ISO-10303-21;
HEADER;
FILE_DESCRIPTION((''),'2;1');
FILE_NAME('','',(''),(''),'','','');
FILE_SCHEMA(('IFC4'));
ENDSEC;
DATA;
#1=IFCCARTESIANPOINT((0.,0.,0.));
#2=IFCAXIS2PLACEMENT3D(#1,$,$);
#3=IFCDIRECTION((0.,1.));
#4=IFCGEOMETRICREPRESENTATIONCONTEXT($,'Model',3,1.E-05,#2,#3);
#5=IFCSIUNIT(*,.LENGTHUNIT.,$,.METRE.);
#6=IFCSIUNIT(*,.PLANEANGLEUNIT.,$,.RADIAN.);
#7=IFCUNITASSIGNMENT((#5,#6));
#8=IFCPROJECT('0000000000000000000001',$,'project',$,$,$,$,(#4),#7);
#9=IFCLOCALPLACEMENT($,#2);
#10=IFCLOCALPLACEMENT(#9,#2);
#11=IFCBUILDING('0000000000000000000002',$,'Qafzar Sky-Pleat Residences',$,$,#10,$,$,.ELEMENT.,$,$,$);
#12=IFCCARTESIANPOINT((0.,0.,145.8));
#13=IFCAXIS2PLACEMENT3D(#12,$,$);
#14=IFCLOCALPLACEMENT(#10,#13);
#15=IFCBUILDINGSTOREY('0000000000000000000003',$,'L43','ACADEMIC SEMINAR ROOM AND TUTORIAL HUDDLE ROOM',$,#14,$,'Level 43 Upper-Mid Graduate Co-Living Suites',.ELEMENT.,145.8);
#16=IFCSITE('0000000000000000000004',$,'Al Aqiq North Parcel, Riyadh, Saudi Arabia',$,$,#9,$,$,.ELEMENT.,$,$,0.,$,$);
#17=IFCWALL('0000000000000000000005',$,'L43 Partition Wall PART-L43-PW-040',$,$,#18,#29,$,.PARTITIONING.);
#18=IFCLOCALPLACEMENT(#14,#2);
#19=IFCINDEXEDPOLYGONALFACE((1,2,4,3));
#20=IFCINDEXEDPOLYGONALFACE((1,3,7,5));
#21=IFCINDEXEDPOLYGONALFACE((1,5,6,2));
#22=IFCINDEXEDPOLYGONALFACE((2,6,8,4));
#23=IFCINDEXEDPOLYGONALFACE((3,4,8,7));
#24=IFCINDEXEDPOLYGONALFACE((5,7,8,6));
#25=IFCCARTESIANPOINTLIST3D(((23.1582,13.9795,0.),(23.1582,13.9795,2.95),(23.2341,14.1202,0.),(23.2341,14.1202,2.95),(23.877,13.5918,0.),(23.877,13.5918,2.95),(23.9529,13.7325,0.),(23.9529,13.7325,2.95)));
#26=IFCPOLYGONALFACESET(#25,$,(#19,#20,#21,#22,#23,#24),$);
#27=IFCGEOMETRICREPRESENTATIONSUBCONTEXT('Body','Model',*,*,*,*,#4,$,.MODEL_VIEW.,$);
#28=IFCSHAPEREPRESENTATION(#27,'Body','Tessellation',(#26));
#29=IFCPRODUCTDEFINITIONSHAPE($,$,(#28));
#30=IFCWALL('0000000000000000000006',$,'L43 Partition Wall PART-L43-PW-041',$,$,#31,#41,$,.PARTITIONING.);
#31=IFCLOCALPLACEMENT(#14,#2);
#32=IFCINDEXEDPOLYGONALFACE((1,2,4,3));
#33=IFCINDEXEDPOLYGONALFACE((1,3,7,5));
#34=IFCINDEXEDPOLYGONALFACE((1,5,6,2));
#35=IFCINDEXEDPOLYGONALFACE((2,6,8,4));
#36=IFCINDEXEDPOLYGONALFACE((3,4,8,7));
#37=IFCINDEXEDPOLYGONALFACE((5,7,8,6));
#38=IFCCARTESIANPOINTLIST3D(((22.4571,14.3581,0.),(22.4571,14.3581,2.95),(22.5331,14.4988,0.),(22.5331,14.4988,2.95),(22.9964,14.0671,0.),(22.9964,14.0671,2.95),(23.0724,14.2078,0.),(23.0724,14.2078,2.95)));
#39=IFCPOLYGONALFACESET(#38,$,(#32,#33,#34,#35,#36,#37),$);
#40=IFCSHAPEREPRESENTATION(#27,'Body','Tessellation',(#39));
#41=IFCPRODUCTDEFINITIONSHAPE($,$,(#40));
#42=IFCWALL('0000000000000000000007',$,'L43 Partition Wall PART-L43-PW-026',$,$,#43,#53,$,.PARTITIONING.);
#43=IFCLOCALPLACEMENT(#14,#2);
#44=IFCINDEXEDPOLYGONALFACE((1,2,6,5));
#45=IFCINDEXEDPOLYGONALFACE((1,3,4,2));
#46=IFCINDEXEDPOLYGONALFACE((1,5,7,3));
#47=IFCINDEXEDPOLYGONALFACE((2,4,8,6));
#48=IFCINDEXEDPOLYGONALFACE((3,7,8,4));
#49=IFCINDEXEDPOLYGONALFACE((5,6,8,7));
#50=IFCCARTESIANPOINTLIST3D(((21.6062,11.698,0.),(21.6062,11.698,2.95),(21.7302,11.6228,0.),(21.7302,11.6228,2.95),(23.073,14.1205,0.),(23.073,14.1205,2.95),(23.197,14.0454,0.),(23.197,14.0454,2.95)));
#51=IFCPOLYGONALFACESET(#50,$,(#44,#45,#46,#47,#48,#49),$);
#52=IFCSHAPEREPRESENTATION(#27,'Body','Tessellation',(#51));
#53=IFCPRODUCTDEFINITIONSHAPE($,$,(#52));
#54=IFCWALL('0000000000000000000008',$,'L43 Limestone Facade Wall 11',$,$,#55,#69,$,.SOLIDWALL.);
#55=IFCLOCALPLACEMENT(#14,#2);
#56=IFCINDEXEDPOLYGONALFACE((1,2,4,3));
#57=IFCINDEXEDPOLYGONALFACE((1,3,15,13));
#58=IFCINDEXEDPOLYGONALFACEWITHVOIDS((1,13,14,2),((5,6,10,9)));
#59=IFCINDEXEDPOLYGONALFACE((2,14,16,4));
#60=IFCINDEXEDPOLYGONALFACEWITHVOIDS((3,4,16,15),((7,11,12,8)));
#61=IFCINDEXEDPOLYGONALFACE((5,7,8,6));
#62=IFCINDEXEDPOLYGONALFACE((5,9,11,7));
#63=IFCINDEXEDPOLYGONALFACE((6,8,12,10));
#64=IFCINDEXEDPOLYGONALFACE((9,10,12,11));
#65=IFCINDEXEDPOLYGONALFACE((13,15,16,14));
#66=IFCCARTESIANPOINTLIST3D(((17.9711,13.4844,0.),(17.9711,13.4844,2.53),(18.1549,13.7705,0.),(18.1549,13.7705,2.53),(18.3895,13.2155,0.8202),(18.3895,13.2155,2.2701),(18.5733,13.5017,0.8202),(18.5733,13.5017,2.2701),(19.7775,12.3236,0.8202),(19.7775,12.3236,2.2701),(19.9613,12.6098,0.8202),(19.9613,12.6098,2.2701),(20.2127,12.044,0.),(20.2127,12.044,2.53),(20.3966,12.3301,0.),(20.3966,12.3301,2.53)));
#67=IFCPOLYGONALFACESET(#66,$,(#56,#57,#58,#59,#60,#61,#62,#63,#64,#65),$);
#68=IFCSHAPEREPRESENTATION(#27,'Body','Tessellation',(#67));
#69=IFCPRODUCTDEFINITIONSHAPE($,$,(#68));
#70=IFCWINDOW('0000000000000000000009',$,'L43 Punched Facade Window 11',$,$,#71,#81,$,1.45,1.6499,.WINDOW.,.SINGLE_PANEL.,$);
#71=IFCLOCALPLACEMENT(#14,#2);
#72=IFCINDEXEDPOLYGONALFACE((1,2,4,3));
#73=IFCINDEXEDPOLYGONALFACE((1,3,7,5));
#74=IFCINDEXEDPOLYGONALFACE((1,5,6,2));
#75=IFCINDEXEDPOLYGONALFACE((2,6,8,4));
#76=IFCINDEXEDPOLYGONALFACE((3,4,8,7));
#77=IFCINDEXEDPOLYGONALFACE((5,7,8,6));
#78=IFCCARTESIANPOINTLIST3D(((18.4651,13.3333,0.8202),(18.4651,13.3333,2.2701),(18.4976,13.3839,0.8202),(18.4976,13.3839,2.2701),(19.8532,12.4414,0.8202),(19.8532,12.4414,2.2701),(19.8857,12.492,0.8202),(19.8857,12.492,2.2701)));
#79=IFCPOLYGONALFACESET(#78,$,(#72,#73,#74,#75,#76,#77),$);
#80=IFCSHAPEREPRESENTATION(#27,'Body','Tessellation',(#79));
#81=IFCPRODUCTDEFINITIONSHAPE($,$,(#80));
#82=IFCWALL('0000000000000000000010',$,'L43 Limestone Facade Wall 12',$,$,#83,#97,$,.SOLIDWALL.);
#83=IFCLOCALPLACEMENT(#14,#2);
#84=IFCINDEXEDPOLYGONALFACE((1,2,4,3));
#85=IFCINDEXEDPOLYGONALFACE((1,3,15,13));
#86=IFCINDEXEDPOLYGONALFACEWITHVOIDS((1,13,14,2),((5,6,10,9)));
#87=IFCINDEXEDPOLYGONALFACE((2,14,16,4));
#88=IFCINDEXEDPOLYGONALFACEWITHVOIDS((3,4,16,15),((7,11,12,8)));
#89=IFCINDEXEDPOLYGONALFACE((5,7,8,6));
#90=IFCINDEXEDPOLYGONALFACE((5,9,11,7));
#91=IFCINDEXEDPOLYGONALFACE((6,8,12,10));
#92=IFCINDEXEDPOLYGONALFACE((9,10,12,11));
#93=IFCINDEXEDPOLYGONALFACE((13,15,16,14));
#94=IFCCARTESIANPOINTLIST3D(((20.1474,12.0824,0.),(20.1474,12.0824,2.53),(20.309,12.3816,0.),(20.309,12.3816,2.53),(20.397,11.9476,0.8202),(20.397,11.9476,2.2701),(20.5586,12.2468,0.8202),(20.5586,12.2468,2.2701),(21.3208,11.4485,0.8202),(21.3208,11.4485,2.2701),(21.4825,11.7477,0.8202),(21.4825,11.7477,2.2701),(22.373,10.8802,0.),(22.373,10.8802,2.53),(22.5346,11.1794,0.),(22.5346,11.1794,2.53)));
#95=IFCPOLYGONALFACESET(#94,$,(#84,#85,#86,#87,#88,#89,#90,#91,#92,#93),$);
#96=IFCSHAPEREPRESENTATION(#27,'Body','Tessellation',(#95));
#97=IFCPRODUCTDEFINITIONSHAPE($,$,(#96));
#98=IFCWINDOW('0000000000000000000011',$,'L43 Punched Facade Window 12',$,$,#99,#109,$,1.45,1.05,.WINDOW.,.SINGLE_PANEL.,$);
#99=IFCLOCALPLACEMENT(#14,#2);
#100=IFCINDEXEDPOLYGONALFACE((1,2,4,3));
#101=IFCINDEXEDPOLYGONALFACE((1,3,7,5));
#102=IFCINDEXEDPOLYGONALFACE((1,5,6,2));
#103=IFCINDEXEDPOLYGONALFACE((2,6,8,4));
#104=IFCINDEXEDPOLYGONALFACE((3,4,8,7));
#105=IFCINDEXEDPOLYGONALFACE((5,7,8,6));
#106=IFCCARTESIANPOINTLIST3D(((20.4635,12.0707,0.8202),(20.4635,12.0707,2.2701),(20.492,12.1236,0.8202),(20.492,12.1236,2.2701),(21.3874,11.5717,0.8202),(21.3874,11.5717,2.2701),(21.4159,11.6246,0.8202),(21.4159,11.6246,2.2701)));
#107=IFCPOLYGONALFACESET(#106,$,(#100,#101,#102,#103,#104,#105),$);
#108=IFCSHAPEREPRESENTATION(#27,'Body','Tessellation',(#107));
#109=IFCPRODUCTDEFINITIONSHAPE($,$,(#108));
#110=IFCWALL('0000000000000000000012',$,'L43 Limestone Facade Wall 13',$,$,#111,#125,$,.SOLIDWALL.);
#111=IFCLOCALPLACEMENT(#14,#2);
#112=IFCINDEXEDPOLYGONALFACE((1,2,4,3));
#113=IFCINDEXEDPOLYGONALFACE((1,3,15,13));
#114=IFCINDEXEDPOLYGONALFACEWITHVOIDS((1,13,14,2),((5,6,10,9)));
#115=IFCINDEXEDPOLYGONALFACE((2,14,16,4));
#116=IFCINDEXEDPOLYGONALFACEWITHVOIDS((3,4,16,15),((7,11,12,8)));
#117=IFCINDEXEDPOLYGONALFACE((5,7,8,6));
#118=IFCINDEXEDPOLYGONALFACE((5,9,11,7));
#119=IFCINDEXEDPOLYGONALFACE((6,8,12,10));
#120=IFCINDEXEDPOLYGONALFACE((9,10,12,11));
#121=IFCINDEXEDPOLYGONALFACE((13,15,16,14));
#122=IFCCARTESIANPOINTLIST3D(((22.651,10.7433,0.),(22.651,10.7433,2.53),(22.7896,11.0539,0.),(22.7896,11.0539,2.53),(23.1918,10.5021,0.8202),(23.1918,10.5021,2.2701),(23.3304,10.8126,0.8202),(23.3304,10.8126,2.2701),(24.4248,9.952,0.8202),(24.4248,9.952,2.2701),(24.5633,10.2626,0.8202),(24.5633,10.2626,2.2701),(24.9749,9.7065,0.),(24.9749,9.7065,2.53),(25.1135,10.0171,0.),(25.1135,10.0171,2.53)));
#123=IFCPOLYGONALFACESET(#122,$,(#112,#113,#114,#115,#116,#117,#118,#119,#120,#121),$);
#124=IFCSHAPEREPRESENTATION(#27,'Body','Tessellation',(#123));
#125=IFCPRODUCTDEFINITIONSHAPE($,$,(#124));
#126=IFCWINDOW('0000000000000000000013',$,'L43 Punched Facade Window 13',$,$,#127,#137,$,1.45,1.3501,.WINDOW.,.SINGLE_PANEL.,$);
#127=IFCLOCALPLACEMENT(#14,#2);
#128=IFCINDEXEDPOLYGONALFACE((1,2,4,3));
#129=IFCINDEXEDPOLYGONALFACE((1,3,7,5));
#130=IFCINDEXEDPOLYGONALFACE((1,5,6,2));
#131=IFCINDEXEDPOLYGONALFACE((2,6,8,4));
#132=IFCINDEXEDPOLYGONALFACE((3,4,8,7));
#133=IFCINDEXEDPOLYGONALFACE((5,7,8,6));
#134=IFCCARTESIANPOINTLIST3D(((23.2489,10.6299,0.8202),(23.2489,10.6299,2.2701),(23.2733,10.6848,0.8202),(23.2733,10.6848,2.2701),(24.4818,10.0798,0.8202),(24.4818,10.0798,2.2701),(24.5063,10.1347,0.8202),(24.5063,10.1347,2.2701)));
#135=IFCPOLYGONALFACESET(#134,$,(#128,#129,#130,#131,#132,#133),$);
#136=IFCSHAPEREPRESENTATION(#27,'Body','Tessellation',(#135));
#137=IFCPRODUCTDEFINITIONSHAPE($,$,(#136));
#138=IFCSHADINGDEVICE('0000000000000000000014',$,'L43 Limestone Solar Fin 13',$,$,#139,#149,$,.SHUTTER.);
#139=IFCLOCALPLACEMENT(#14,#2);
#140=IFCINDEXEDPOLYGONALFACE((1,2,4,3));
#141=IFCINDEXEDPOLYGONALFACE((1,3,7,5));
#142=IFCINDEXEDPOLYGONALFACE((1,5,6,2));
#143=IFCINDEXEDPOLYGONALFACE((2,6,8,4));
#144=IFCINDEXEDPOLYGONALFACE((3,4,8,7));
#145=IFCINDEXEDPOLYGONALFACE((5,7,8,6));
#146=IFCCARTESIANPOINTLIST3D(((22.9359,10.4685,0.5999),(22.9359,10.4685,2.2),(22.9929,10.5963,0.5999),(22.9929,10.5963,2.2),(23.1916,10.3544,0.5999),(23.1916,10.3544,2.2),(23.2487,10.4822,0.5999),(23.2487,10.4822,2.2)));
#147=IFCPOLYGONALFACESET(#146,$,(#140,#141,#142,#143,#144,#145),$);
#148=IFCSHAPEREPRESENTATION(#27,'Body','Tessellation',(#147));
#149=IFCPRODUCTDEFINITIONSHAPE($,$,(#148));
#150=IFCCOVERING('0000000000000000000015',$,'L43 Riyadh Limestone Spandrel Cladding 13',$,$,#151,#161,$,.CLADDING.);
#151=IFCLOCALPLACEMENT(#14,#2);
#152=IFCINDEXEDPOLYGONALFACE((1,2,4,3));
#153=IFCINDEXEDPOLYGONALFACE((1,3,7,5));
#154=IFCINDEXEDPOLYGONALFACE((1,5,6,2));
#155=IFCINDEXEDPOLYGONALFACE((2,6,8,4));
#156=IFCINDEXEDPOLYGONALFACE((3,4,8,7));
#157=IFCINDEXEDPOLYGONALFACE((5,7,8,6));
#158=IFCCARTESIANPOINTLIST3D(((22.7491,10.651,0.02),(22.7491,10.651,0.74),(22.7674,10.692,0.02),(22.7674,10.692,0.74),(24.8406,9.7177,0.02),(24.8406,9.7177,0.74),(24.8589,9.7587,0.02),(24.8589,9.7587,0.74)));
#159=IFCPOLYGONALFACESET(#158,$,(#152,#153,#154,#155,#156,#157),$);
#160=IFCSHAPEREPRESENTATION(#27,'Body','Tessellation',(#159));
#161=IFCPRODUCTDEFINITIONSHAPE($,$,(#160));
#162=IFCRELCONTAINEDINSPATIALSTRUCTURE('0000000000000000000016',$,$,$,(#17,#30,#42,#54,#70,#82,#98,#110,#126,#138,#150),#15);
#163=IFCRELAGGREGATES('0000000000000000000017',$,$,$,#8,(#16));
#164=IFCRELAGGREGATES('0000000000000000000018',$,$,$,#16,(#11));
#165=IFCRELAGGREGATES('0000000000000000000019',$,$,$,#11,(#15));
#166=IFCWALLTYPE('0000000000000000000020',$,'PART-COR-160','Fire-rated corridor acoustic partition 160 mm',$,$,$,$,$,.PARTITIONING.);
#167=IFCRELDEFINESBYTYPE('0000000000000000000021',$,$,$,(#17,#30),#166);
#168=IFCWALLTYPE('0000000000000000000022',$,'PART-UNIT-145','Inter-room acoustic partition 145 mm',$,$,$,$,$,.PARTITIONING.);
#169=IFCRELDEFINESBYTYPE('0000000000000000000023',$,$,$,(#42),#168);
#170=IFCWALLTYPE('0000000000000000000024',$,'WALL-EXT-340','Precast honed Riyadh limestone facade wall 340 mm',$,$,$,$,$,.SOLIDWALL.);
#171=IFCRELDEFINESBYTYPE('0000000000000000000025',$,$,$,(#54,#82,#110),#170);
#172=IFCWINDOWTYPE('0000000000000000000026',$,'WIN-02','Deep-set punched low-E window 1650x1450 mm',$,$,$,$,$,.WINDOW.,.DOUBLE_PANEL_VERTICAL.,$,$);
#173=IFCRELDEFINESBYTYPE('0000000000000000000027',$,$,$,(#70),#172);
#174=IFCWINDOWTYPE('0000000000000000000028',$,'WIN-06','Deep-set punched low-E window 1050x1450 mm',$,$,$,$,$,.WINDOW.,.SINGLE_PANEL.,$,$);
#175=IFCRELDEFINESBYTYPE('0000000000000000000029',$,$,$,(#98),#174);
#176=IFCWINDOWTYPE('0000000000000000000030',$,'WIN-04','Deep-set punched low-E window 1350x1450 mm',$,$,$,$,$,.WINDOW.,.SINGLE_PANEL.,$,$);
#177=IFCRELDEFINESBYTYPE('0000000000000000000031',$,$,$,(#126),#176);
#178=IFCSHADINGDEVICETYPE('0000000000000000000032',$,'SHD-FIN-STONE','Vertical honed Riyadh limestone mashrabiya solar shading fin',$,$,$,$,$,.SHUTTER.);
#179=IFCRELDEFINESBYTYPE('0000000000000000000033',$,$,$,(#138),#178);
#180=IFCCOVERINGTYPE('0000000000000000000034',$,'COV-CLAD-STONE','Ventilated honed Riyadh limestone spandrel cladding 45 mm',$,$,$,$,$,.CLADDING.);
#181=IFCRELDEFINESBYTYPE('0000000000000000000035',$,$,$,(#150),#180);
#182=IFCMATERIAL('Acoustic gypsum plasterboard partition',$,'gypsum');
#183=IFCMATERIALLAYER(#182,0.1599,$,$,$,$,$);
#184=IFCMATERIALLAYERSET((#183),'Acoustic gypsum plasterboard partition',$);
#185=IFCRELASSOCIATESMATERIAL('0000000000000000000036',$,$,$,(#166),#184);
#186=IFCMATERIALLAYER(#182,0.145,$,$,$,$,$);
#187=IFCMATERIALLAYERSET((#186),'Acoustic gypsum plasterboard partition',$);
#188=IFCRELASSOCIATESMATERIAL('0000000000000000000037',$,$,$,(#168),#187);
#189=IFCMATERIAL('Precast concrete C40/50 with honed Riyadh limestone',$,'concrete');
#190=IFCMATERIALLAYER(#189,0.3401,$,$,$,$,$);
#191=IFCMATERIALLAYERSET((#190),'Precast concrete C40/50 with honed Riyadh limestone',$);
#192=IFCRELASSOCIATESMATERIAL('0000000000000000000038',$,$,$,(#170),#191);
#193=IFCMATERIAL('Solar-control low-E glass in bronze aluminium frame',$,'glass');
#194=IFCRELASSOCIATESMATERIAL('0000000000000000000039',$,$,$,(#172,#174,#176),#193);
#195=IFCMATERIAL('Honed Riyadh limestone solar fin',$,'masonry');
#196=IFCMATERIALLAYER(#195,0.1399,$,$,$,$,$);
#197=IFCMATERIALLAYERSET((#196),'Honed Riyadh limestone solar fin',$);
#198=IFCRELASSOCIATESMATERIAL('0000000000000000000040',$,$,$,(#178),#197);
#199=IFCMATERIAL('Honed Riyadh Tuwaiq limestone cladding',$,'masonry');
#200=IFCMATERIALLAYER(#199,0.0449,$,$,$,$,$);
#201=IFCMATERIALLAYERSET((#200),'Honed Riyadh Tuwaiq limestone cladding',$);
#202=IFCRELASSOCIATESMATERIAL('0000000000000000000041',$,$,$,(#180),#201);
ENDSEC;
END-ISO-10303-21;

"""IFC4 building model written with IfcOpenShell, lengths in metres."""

from ifc_helpers import new_model, si_unit, direction, frame, frame_2d, origin, origin_2d, place, context, subcontext, project, spatial, rectangle, extrude, source, transform, mapped, material, layer, layer_set, type_object, element, fill, save


model = new_model("IFC4")

# Units and contexts
model_context = context("Model", 3, precision=1e-05, world=origin(), true_north=direction((0.0, 1.0)))
body_context = subcontext(model_context, "Body", "Model", "MODEL_VIEW")
ifc_project = project(units=[si_unit("LENGTHUNIT", "METRE"), si_unit("PLANEANGLEUNIT", "RADIAN")], contexts=[model_context])

# Site, building, storey
site_placement = place(None, origin())
site = spatial("IfcSite", under=ifc_project, at=site_placement, Name="Al Aqiq North Parcel, Riyadh, Saudi Arabia", CompositionType="ELEMENT", RefElevation=0.0)
building_placement = place(site_placement, origin())
building = spatial("IfcBuilding", under=site, at=building_placement, Name="Qafzar Sky-Pleat Residences", CompositionType="ELEMENT")
storey_placement = place(building_placement, frame((0.0, 0.0, 145.8)))
storey = spatial("IfcBuildingStorey", under=building, at=storey_placement, Name="L43", Description="ACADEMIC SEMINAR ROOM AND TUTORIAL HUDDLE ROOM", LongName="Level 43 Upper-Mid Graduate Co-Living Suites", CompositionType="ELEMENT", Elevation=145.8)

# Shared definitions
ifc_material_1 = material(Name="Acoustic gypsum plasterboard partition", Category="gypsum")
ifc_layer_1 = layer(ifc_material_1, 0.1599)
ifc_layer_set_1 = layer_set([ifc_layer_1], Name="Acoustic gypsum plasterboard partition")
wall_type_1 = type_object("IfcWallType", Name="PART-COR-160", Description="Fire-rated corridor acoustic partition 160 mm", PredefinedType="PARTITIONING", material=ifc_layer_set_1)

# Walls
wall_1_placement = place(storey_placement, frame((23.1963, 14.0498, 0.0), z_axis=(0.0, 0.0, 1.0), x_axis=(0.880125, -0.474741, 0.0)))
element("IfcWall", 1, at=wall_1_placement, inside=storey, type_object=wall_type_1, Name="L43 Partition Wall PART-L43-PW-040", PredefinedType="PARTITIONING", context=body_context, shape_type="SweptSolid", body=[
    extrude(rectangle(XDim=0.8167, YDim=0.1599, at=frame_2d((0.4082, 0.0))), origin(), (0.0, 0.0, 1.0), 2.95),
])
wall_2_placement = place(storey_placement, frame((22.4951, 14.4285, 0.0), z_axis=(0.0, 0.0, 1.0), x_axis=(0.880049, -0.474884, 0.0)))
element("IfcWall", 2, at=wall_2_placement, inside=storey, type_object=wall_type_1, Name="L43 Partition Wall PART-L43-PW-041", PredefinedType="PARTITIONING", context=body_context, shape_type="SweptSolid", body=[
    extrude(rectangle(XDim=0.6128, YDim=0.1599, at=frame_2d((0.3064, 0.0))), origin(), (0.0, 0.0, 1.0), 2.95),
])
ifc_layer_2 = layer(ifc_material_1, 0.145)
ifc_layer_set_2 = layer_set([ifc_layer_2], Name="Acoustic gypsum plasterboard partition")
wall_type_2 = type_object("IfcWallType", Name="PART-UNIT-145", Description="Inter-room acoustic partition 145 mm", PredefinedType="PARTITIONING", material=ifc_layer_set_2)
wall_3_placement = place(storey_placement, frame((21.6682, 11.6604, 0.0), z_axis=(0.0, 0.0, 1.0), x_axis=(0.517927, 0.855425, 0.0)))
element("IfcWall", 3, at=wall_3_placement, inside=storey, type_object=wall_type_2, Name="L43 Partition Wall PART-L43-PW-026", PredefinedType="PARTITIONING", context=body_context, shape_type="SweptSolid", body=[
    extrude(rectangle(XDim=2.832, YDim=0.145, at=frame_2d((1.416, 0.0))), origin(), (0.0, 0.0, 1.0), 2.95),
])

# Walls, openings, windows
ifc_material_2 = material(Name="Precast concrete C40/50 with honed Riyadh limestone", Category="concrete")
ifc_layer_3 = layer(ifc_material_2, 0.3401)
ifc_layer_set_3 = layer_set([ifc_layer_3], Name="Precast concrete C40/50 with honed Riyadh limestone")
wall_type_3 = type_object("IfcWallType", Name="WALL-EXT-340", Description="Precast honed Riyadh limestone facade wall 340 mm", PredefinedType="SOLIDWALL", material=ifc_layer_set_3)
wall_4_placement = place(storey_placement, frame((18.063, 13.6274, 0.0), z_axis=(0.0, 0.0, 1.0), x_axis=(0.841292, -0.540582, 0.0)))
wall_4 = element("IfcWall", 4, at=wall_4_placement, inside=storey, type_object=wall_type_3, Name="L43 Limestone Facade Wall 11", PredefinedType="SOLIDWALL", context=body_context, shape_type="SweptSolid", body=[
    extrude(rectangle(XDim=2.6646, YDim=0.3401, at=frame_2d((1.3323, 0.0))), origin(), (0.0, 0.0, 1.0), 2.53),
])
opening_1_placement = place(wall_4_placement, frame((0.4973, 0.0, 0.8201)))
opening_1 = element("IfcOpeningElement", 5, at=opening_1_placement, cuts=wall_4, PredefinedType="OPENING", context=body_context, shape_type="SweptSolid", body=[
    extrude(rectangle(XDim=1.6499, YDim=1.45, at=frame_2d((0.825, 0.7251))), frame((0.0, 0.1802, 0.0), z_axis=(0.0, -1.0, 0.0), x_axis=(1.0, 0.0, 0.0)), (0.0, 0.0, 1.0), 0.3601),
])
ifc_material_3 = material(Name="Solar-control low-E glass in bronze aluminium frame", Category="glass")
window_type_1 = type_object("IfcWindowType", Name="WIN-02", Description="Deep-set punched low-E window 1650x1450 mm", PartitioningType="DOUBLE_PANEL_VERTICAL", PredefinedType="WINDOW", material=ifc_material_3)
shared_shape_1 = source(origin(), body_context, "Body", "SweptSolid", [
    extrude(rectangle(XDim=1.6499, YDim=1.45, at=frame_2d((0.825, 0.7251))), frame((0.0, 0.03, 0.0), z_axis=(0.0, -1.0, 0.0), x_axis=(1.0, 0.0, 0.0)), (0.0, 0.0, 1.0), 0.0601),
])
window_1_placement = place(opening_1_placement, origin())
window_1 = element("IfcWindow", 6, at=window_1_placement, inside=storey, type_object=window_type_1, Name="L43 Punched Facade Window 11", OverallHeight=1.45, OverallWidth=1.6499, PartitioningType="SINGLE_PANEL", PredefinedType="WINDOW", context=body_context, shape_type="MappedRepresentation", body=[
    mapped(shared_shape_1, transform((0.0, 0.0, 0.0), x_axis=(1.0, 0.0, 0.0), y_axis=(0.0, 1.0, 0.0), z_axis=(0.0, 0.0, 1.0), scale=1.0)),
])
fill(opening_1, window_1)
wall_5_placement = place(storey_placement, frame((20.2283, 12.2319, 0.0), z_axis=(0.0, 0.0, 1.0), x_axis=(0.879851, -0.475251, 0.0)))
wall_5 = element("IfcWall", 7, at=wall_5_placement, inside=storey, type_object=wall_type_3, Name="L43 Limestone Facade Wall 12", PredefinedType="SOLIDWALL", context=body_context, shape_type="SweptSolid", body=[
    extrude(rectangle(XDim=2.5295, YDim=0.3401, at=frame_2d((1.2646, 0.0))), origin(), (0.0, 0.0, 1.0), 2.53),
])
opening_2_placement = place(wall_5_placement, frame((0.2837, 0.0, 0.8201)))
opening_2 = element("IfcOpeningElement", 8, at=opening_2_placement, cuts=wall_5, PredefinedType="OPENING", context=body_context, shape_type="SweptSolid", body=[
    extrude(rectangle(XDim=1.05, YDim=1.45, at=frame_2d((0.5249, 0.7251))), frame((0.0, 0.1802, 0.0), z_axis=(0.0, -1.0, 0.0), x_axis=(1.0, 0.0, 0.0)), (0.0, 0.0, 1.0), 0.3601),
])
window_type_2 = type_object("IfcWindowType", Name="WIN-06", Description="Deep-set punched low-E window 1050x1450 mm", PartitioningType="SINGLE_PANEL", PredefinedType="WINDOW", material=ifc_material_3)
shared_shape_2 = source(origin(), body_context, "Body", "SweptSolid", [
    extrude(rectangle(XDim=1.05, YDim=1.45, at=frame_2d((0.5249, 0.7251))), frame((0.0, 0.03, 0.0), z_axis=(0.0, -1.0, 0.0), x_axis=(1.0, 0.0, 0.0)), (0.0, 0.0, 1.0), 0.0601),
])
window_2_placement = place(opening_2_placement, origin())
window_2 = element("IfcWindow", 9, at=window_2_placement, inside=storey, type_object=window_type_2, Name="L43 Punched Facade Window 12", OverallHeight=1.45, OverallWidth=1.05, PartitioningType="SINGLE_PANEL", PredefinedType="WINDOW", context=body_context, shape_type="MappedRepresentation", body=[
    mapped(shared_shape_2, transform((0.0, 0.0, 0.0), x_axis=(1.0, 0.0, 0.0), y_axis=(0.0, 1.0, 0.0), z_axis=(0.0, 0.0, 1.0), scale=1.0)),
])
fill(opening_2, window_2)
wall_6_placement = place(storey_placement, frame((22.7202, 10.8987, 0.0), z_axis=(0.0, 0.0, 1.0), x_axis=(0.913229, -0.407447, 0.0)))
wall_6 = element("IfcWall", 10, at=wall_6_placement, inside=storey, type_object=wall_type_3, Name="L43 Limestone Facade Wall 13", PredefinedType="SOLIDWALL", context=body_context, shape_type="SweptSolid", body=[
    extrude(rectangle(XDim=2.5447, YDim=0.3401, at=frame_2d((1.2725, 0.0))), origin(), (0.0, 0.0, 1.0), 2.53),
])
opening_3_placement = place(wall_6_placement, frame((0.5923, 0.0, 0.8201)))
opening_3 = element("IfcOpeningElement", 11, at=opening_3_placement, cuts=wall_6, PredefinedType="OPENING", context=body_context, shape_type="SweptSolid", body=[
    extrude(rectangle(XDim=1.3501, YDim=1.45, at=frame_2d((0.675, 0.7251))), frame((0.0, 0.1802, 0.0), z_axis=(0.0, -1.0, 0.0), x_axis=(1.0, 0.0, 0.0)), (0.0, 0.0, 1.0), 0.3601),
])
window_type_3 = type_object("IfcWindowType", Name="WIN-04", Description="Deep-set punched low-E window 1350x1450 mm", PartitioningType="SINGLE_PANEL", PredefinedType="WINDOW", material=ifc_material_3)
shared_shape_3 = source(origin(), body_context, "Body", "SweptSolid", [
    extrude(rectangle(XDim=1.3501, YDim=1.45, at=frame_2d((0.675, 0.7251))), frame((0.0, 0.03, 0.0), z_axis=(0.0, -1.0, 0.0), x_axis=(1.0, 0.0, 0.0)), (0.0, 0.0, 1.0), 0.0601),
])
window_3_placement = place(opening_3_placement, origin())
window_3 = element("IfcWindow", 12, at=window_3_placement, inside=storey, type_object=window_type_3, Name="L43 Punched Facade Window 13", OverallHeight=1.45, OverallWidth=1.3501, PartitioningType="SINGLE_PANEL", PredefinedType="WINDOW", context=body_context, shape_type="MappedRepresentation", body=[
    mapped(shared_shape_3, transform((0.0, 0.0, 0.0), x_axis=(1.0, 0.0, 0.0), y_axis=(0.0, 1.0, 0.0), z_axis=(0.0, 0.0, 1.0), scale=1.0)),
])
fill(opening_3, window_3)

# Shading device
ifc_material_4 = material(Name="Honed Riyadh limestone solar fin", Category="masonry")
ifc_layer_4 = layer(ifc_material_4, 0.1399)
ifc_layer_set_4 = layer_set([ifc_layer_4], Name="Honed Riyadh limestone solar fin")
shading_device_type = type_object("IfcShadingDeviceType", Name="SHD-FIN-STONE", Description="Vertical honed Riyadh limestone mashrabiya solar shading fin", PredefinedType="SHUTTER", material=ifc_layer_set_4)
shared_shape_4 = source(origin(), body_context, "Body", "SweptSolid", [
    extrude(rectangle(XDim=0.1399, YDim=0.28, at=origin_2d()), origin(), (0.0, 0.0, 1.0), 1.6001),
])
shading_device_placement = place(storey_placement, frame((23.0923, 10.4753, 0.5999), z_axis=(0.0, 0.0, 1.0), x_axis=(-0.407515, -0.913199, 0.0)))
element("IfcShadingDevice", 13, at=shading_device_placement, inside=storey, type_object=shading_device_type, Name="L43 Limestone Solar Fin 13", PredefinedType="SHUTTER", context=body_context, shape_type="MappedRepresentation", body=[
    mapped(shared_shape_4, transform((0.0, 0.0, 0.0), x_axis=(1.0, 0.0, 0.0), y_axis=(0.0, 1.0, 0.0), z_axis=(0.0, 0.0, 1.0), scale=1.0)),
])

# Covering
ifc_material_5 = material(Name="Honed Riyadh Tuwaiq limestone cladding", Category="masonry")
ifc_layer_5 = layer(ifc_material_5, 0.0449)
ifc_layer_set_5 = layer_set([ifc_layer_5], Name="Honed Riyadh Tuwaiq limestone cladding")
covering_type = type_object("IfcCoveringType", Name="COV-CLAD-STONE", Description="Ventilated honed Riyadh limestone spandrel cladding 45 mm", PredefinedType="CLADDING", material=ifc_layer_set_5)
shared_shape_5 = source(origin(), body_context, "Body", "SweptSolid", [
    extrude(rectangle(XDim=2.2903, YDim=0.0449, at=origin_2d()), origin(), (0.0, 0.0, 1.0), 0.72),
])
covering_placement = place(storey_placement, frame((23.804, 10.2048, 0.02), z_axis=(0.0, 0.0, 1.0), x_axis=(0.913204, -0.407502, 0.0)))
element("IfcCovering", 14, at=covering_placement, inside=storey, type_object=covering_type, Name="L43 Riyadh Limestone Spandrel Cladding 13", PredefinedType="CLADDING", context=body_context, shape_type="MappedRepresentation", body=[
    mapped(shared_shape_5, transform((0.0, 0.0, 0.0), x_axis=(1.0, 0.0, 0.0), y_axis=(0.0, 1.0, 0.0), z_axis=(0.0, 0.0, 1.0), scale=1.0)),
])

save(model, "model.ifc")
